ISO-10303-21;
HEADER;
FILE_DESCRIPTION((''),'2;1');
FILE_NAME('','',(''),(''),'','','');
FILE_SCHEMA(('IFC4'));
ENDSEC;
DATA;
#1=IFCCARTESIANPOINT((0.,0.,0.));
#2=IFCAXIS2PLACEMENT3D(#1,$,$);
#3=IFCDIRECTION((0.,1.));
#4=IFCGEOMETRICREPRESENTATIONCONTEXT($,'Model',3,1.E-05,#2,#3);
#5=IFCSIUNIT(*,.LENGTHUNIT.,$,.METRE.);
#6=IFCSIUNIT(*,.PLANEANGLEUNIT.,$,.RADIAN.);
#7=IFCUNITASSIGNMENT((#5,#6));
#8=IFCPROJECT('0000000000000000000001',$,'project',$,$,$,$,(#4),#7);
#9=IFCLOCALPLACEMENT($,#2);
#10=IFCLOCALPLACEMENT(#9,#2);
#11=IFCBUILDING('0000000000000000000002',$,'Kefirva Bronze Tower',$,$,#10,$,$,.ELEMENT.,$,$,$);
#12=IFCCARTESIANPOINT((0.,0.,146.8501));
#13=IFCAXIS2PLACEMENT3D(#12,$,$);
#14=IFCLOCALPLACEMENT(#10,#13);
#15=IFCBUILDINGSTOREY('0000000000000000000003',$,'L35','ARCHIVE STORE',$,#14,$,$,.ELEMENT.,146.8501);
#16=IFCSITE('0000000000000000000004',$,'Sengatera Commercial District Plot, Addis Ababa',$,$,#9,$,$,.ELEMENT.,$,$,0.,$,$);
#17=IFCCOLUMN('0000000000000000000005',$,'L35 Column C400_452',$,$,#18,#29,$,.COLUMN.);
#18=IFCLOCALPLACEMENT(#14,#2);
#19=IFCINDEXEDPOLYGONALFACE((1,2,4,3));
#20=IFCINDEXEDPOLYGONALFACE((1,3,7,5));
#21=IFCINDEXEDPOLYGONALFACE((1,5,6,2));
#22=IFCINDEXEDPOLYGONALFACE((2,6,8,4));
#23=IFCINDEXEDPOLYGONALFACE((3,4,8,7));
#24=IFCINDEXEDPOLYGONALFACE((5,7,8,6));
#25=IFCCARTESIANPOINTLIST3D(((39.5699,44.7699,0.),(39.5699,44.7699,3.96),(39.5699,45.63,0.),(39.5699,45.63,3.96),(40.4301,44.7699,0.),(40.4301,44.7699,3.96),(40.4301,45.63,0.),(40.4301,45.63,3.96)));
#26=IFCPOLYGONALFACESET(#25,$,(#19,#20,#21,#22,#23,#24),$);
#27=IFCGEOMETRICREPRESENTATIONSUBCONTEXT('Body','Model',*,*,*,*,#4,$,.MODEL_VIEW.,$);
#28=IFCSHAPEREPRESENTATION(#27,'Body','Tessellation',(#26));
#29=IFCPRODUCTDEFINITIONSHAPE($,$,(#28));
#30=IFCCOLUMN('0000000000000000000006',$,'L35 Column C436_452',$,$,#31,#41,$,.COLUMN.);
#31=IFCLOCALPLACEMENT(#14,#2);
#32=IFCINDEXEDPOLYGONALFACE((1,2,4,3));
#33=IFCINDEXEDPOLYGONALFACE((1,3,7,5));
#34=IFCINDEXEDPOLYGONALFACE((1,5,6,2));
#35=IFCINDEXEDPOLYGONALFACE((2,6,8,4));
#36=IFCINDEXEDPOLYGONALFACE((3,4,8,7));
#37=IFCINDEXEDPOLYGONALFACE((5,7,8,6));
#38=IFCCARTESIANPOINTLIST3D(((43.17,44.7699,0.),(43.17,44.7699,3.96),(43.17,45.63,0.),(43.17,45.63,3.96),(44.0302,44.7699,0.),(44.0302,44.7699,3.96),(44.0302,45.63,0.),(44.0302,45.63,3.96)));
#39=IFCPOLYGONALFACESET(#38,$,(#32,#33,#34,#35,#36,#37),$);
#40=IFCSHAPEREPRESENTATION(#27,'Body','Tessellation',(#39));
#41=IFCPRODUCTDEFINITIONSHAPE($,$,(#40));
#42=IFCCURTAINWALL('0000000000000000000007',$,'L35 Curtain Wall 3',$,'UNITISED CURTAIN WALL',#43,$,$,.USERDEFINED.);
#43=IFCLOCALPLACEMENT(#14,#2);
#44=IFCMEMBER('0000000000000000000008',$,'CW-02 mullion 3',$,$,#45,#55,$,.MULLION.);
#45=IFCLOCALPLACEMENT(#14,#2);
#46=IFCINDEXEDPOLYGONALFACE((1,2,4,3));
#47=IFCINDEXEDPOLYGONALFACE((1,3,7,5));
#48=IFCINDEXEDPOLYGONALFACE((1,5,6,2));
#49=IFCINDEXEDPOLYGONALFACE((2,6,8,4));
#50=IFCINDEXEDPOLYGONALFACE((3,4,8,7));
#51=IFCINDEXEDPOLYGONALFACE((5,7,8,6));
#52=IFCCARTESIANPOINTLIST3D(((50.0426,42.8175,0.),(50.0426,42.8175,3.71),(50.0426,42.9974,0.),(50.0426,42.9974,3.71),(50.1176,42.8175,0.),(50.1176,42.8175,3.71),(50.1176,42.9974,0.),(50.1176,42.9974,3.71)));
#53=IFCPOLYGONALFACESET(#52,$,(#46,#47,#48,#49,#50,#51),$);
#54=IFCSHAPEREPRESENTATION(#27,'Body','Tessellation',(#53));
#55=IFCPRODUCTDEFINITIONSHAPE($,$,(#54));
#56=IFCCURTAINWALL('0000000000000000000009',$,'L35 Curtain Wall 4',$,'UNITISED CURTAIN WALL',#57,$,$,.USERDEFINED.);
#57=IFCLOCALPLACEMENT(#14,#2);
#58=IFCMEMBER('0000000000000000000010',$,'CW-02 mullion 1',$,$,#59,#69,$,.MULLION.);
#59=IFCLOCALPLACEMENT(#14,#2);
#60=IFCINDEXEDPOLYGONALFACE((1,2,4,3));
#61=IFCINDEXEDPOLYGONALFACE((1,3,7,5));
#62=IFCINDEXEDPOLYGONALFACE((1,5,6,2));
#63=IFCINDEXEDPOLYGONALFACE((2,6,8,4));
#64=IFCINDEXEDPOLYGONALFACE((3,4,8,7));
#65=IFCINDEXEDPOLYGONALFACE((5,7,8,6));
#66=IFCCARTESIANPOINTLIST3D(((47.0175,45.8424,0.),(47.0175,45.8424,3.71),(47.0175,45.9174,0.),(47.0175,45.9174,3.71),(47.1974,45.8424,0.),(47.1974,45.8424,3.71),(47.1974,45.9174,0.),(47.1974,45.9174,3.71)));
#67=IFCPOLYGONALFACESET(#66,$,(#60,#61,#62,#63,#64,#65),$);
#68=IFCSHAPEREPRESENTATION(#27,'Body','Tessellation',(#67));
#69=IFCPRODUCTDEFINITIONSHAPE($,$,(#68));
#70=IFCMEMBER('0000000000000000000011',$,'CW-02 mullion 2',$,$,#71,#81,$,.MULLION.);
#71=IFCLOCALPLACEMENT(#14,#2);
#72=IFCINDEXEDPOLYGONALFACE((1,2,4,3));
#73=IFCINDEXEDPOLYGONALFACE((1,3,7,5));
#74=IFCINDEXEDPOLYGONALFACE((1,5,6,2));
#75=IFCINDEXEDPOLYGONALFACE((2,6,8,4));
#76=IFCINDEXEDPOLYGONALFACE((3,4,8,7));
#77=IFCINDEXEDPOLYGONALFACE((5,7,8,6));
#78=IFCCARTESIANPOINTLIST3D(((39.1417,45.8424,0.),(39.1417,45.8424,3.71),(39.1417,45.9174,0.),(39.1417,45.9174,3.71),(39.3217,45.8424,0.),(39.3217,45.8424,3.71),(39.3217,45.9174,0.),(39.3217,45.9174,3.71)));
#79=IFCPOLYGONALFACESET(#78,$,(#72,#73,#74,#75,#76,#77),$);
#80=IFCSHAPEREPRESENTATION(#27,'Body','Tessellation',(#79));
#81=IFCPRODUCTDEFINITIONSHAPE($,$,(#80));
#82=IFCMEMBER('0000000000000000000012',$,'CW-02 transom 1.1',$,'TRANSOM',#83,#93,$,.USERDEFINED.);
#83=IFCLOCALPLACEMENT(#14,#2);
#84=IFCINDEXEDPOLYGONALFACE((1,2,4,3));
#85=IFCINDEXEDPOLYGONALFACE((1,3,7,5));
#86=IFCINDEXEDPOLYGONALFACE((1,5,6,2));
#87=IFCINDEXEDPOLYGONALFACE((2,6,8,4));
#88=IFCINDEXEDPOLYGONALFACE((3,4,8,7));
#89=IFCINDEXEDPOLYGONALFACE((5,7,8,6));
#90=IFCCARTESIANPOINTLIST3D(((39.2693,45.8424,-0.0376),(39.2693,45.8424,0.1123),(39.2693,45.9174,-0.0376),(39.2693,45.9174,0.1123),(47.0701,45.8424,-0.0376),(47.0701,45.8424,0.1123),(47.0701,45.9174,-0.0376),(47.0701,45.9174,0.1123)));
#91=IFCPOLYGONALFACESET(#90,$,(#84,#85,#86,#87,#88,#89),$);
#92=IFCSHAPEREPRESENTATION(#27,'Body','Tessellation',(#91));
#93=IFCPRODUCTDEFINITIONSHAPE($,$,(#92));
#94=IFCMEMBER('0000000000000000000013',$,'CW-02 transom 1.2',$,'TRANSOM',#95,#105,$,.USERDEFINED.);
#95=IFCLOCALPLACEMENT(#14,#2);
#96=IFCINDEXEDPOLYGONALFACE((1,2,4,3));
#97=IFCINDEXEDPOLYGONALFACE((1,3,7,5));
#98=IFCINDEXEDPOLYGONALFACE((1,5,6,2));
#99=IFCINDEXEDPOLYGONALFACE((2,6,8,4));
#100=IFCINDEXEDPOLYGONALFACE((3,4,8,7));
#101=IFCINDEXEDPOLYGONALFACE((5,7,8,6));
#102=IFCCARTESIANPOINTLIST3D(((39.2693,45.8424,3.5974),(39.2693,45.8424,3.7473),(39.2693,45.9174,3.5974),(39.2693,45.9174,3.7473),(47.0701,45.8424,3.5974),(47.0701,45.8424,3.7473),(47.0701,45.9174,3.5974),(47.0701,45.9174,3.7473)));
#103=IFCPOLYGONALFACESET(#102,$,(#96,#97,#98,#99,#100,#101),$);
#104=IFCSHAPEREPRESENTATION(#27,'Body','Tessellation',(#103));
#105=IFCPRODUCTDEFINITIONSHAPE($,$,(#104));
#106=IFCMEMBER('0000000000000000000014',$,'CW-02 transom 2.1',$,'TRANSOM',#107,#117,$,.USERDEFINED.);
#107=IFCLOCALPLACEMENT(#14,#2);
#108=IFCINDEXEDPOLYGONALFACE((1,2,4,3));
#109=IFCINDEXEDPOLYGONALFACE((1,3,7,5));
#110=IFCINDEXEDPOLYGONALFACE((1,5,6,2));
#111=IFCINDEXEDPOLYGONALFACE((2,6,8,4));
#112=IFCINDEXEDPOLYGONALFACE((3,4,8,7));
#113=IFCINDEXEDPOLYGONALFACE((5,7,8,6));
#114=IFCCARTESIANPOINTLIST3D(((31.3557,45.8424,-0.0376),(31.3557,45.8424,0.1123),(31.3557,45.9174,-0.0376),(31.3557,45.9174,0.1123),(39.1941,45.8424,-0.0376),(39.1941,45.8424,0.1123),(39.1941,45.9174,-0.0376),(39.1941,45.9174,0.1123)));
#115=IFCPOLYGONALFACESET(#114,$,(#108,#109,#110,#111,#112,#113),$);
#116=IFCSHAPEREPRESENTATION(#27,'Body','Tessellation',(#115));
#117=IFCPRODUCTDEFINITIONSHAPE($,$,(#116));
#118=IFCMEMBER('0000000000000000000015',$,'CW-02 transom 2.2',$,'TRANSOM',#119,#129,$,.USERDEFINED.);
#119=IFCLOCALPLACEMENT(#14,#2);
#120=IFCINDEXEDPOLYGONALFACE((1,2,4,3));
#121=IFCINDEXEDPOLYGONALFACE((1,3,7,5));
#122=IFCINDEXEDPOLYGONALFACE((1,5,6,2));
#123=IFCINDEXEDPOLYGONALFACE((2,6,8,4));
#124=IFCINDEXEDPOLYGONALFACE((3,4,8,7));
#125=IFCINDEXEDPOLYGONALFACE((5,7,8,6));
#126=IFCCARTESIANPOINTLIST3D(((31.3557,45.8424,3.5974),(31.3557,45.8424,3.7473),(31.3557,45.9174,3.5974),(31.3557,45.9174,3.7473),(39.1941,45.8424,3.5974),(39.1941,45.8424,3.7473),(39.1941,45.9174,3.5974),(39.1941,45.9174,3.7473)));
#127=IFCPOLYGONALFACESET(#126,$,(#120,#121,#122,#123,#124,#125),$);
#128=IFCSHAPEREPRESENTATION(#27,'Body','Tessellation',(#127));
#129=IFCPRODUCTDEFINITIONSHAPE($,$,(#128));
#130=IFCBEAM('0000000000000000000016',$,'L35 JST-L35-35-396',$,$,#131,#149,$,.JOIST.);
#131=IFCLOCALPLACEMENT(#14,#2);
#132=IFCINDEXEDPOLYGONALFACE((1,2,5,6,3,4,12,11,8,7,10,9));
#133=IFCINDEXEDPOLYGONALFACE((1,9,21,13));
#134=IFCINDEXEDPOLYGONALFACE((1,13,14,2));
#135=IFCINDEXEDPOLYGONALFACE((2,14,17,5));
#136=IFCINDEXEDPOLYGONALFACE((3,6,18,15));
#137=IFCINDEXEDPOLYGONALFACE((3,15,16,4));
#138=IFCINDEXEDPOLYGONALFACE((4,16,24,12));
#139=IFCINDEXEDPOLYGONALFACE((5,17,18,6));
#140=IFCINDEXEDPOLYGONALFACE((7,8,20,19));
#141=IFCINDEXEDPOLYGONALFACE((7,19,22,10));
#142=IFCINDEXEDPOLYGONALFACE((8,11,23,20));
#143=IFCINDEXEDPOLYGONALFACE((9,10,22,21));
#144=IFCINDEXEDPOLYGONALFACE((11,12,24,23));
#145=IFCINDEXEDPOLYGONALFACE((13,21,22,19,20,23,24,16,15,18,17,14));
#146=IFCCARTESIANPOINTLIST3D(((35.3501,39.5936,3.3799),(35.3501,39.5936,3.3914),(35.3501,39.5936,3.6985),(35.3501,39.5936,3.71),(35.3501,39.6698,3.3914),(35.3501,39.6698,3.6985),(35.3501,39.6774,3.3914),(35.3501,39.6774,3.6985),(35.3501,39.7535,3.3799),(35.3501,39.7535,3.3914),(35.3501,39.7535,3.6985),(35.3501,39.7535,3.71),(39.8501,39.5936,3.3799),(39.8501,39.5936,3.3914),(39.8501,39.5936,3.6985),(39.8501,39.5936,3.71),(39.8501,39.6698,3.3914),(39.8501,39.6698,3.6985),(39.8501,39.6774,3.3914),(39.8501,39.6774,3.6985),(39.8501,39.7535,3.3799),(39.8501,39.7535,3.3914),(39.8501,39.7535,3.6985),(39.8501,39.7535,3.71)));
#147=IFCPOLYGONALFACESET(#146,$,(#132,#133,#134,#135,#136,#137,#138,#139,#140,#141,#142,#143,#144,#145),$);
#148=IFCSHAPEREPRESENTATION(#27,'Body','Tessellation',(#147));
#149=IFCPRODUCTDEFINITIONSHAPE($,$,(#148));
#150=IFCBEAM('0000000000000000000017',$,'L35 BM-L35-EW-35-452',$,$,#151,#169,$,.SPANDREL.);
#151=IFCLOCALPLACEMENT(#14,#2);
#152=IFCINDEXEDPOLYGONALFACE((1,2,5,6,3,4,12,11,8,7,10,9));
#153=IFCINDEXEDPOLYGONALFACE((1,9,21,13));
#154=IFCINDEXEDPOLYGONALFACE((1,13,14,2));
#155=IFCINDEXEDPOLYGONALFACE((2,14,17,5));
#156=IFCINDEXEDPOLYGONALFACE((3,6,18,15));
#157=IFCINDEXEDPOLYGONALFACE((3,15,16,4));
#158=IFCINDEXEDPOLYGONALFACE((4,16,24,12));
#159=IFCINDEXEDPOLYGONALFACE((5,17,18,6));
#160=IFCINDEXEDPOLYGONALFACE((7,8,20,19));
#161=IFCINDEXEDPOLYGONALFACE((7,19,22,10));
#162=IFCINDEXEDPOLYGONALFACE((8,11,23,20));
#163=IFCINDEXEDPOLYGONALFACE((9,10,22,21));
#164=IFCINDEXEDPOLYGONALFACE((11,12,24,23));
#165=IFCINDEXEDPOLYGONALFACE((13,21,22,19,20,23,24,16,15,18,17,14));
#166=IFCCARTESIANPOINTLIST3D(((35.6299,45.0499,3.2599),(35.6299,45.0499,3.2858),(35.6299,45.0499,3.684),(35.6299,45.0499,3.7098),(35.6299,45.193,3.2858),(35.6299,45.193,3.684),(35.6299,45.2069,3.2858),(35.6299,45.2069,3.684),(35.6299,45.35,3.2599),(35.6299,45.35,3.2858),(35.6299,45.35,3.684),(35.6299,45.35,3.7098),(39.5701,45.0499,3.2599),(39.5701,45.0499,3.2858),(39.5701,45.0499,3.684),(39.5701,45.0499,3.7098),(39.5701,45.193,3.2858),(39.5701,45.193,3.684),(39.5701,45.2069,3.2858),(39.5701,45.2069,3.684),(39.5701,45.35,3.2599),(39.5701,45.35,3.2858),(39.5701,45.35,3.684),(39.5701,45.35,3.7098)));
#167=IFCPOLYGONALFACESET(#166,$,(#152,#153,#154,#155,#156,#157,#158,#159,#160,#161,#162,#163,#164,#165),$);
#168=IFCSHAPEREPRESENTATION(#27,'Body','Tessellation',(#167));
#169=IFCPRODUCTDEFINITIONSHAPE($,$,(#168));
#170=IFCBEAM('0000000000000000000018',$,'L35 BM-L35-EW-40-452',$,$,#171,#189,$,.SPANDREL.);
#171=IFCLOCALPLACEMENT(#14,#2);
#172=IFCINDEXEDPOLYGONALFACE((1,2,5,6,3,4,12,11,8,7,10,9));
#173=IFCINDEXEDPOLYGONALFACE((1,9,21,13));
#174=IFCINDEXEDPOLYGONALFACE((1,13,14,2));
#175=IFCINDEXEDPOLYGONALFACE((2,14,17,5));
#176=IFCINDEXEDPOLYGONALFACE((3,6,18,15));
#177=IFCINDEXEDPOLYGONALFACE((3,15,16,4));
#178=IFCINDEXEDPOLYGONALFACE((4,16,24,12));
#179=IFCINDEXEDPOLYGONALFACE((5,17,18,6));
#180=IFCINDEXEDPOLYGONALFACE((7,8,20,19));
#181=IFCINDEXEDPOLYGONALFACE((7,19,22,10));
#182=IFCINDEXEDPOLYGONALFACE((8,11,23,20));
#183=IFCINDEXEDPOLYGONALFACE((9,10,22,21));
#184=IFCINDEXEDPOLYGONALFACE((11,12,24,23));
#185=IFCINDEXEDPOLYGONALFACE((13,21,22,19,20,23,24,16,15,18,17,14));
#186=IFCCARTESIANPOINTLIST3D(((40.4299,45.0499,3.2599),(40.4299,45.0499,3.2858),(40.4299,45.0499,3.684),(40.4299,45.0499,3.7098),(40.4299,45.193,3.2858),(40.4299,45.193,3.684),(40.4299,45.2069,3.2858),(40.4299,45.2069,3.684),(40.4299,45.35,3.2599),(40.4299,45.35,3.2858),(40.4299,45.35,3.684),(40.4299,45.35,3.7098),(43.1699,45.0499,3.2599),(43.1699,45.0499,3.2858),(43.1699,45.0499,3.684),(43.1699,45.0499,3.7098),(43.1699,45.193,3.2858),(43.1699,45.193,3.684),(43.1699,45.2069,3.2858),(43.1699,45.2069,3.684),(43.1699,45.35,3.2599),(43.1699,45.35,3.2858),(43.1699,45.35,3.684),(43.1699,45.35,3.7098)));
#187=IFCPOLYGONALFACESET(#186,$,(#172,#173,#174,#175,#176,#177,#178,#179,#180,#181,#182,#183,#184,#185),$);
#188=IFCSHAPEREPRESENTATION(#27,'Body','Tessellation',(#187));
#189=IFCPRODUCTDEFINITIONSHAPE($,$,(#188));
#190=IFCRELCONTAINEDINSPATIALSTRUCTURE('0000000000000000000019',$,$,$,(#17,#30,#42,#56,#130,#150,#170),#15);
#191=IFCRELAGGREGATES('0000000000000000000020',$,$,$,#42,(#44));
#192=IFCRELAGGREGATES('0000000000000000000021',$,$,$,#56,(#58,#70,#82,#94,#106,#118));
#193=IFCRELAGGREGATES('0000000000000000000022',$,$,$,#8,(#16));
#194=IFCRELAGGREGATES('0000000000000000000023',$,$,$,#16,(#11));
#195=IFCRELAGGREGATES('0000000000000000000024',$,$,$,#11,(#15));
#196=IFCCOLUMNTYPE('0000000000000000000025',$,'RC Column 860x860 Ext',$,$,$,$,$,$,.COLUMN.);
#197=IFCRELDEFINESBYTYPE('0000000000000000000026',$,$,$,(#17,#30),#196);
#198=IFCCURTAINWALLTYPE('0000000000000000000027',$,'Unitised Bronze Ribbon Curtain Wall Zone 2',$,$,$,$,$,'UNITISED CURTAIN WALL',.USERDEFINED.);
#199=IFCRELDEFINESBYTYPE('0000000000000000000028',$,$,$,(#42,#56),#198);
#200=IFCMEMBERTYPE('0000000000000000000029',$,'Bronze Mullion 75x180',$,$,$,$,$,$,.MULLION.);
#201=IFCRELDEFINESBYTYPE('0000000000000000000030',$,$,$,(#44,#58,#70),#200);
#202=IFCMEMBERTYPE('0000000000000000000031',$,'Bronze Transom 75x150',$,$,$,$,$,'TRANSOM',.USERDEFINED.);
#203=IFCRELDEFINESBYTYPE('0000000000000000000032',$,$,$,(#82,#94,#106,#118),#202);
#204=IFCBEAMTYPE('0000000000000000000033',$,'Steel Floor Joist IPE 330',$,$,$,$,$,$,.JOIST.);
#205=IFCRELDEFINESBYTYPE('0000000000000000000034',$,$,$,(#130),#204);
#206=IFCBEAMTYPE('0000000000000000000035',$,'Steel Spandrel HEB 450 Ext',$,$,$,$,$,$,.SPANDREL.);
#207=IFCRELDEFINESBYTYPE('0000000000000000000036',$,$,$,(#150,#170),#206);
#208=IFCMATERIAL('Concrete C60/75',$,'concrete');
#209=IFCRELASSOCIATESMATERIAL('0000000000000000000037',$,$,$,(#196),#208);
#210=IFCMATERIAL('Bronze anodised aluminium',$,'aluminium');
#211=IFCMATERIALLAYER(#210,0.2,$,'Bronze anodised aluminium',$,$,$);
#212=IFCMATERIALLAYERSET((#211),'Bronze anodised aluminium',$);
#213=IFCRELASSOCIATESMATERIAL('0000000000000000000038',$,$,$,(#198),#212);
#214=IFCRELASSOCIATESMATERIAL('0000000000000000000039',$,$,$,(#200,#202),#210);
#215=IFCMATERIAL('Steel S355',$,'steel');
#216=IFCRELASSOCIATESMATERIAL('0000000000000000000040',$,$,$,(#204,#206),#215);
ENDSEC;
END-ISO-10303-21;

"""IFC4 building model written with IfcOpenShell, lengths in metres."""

from ifc_helpers import new_model, si_unit, direction, frame, origin, origin_2d, place, context, subcontext, project, spatial, rectangle, i_section, extrude, material, layer, layer_set, material_profile, profile_set, type_object, element, aggregate, save


model = new_model("IFC4")

# Units and contexts
model_context = context("Model", 3, precision=1e-05, world=origin(), true_north=direction((0.0, 1.0)))
body_context = subcontext(model_context, "Body", "Model", "MODEL_VIEW")
ifc_project = project(units=[si_unit("LENGTHUNIT", "METRE"), si_unit("PLANEANGLEUNIT", "RADIAN")], contexts=[model_context])

# Site, building, storey
site_placement = place(None, origin())
site = spatial("IfcSite", under=ifc_project, at=site_placement, Name="Sengatera Commercial District Plot, Addis Ababa", CompositionType="ELEMENT", RefElevation=0.0)
building_placement = place(site_placement, origin())
building = spatial("IfcBuilding", under=site, at=building_placement, Name="Kefirva Bronze Tower", CompositionType="ELEMENT")
storey_placement = place(building_placement, frame((0.0, 0.0, 146.8501)))
storey = spatial("IfcBuildingStorey", under=building, at=storey_placement, Name="L35", Description="ARCHIVE STORE", CompositionType="ELEMENT", Elevation=146.8501)

# Columns
ifc_material_1 = material(Name="Concrete C60/75", Category="concrete")
ifc_material_profile_1 = material_profile(ifc_material_1, rectangle(XDim=0.8601, YDim=0.8601, at=origin_2d()), Name="RC 860x860")
ifc_profile_set_1 = profile_set([ifc_material_profile_1], Name="Concrete C60/75")
column_type = type_object("IfcColumnType", Name="RC Column 860x860 Ext", PredefinedType="COLUMN", material=ifc_profile_set_1)
for number, where, z_axis, x_axis, name in (
    (1, (40.0, 45.2, 0.0), (0.0, 0.0, 1.0), (1.0, 0.0, 0.0), "L35 Column C400_452"),
    (2, (43.6001, 45.2, 0.0), (0.0, 0.0, 1.0), (1.0, 0.0, 0.0), "L35 Column C436_452"),
):
    element("IfcColumn", number, at=place(storey_placement, frame(where, z_axis=z_axis, x_axis=x_axis)), inside=storey, type_object=column_type, Name=name, PredefinedType="COLUMN", context=body_context, shape_type="SweptSolid", body=[
        extrude(rectangle(XDim=0.8601, YDim=0.8601, at=origin_2d()), origin(), (0.0, 0.0, 1.0), 3.96),
    ])

# Curtain wall, member
ifc_material_2 = material(Name="Bronze anodised aluminium", Category="aluminium")
ifc_layer_1 = layer(ifc_material_2, 0.2, Name="Bronze anodised aluminium")
ifc_layer_set_1 = layer_set([ifc_layer_1], Name="Bronze anodised aluminium")
curtain_wall_type = type_object("IfcCurtainWallType", Name="Unitised Bronze Ribbon Curtain Wall Zone 2", ElementType="UNITISED CURTAIN WALL", PredefinedType="USERDEFINED", material=ifc_layer_set_1)
curtain_wall_1_placement = place(storey_placement, origin())
curtain_wall_1 = element("IfcCurtainWall", 3, at=curtain_wall_1_placement, inside=storey, type_object=curtain_wall_type, Name="L35 Curtain Wall 3", ObjectType="UNITISED CURTAIN WALL", PredefinedType="USERDEFINED")
ifc_material_profile_2 = material_profile(ifc_material_2, rectangle(XDim=0.075, YDim=0.1799, at=origin_2d()), Name="ALU 75x180")
ifc_profile_set_2 = profile_set([ifc_material_profile_2], Name="Bronze anodised aluminium")
member_type_1 = type_object("IfcMemberType", Name="Bronze Mullion 75x180", PredefinedType="MULLION", material=ifc_profile_set_2)
member_1_placement = place(storey_placement, frame((50.0801, 42.9075, 0.0), z_axis=(0.0, 0.0, 1.0), x_axis=(-1.0, 0.0, 0.0)))
member_1 = element("IfcMember", 4, at=member_1_placement, type_object=member_type_1, Name="CW-02 mullion 3", PredefinedType="MULLION", context=body_context, shape_type="SweptSolid", body=[
    extrude(rectangle(XDim=0.075, YDim=0.1799, at=origin_2d()), origin(), (0.0, 0.0, 1.0), 3.71),
])

# Curtain wall, members
curtain_wall_2_placement = place(storey_placement, origin())
curtain_wall_2 = element("IfcCurtainWall", 5, at=curtain_wall_2_placement, inside=storey, type_object=curtain_wall_type, Name="L35 Curtain Wall 4", ObjectType="UNITISED CURTAIN WALL", PredefinedType="USERDEFINED")
member_2_placement = place(storey_placement, frame((47.1074, 45.8799, 0.0), z_axis=(0.0, 0.0, 1.0), x_axis=(0.0, -1.0, 0.0)))
member_2 = element("IfcMember", 6, at=member_2_placement, type_object=member_type_1, Name="CW-02 mullion 1", PredefinedType="MULLION", context=body_context, shape_type="SweptSolid", body=[
    extrude(rectangle(XDim=0.075, YDim=0.1799, at=origin_2d()), origin(), (0.0, 0.0, 1.0), 3.71),
])
member_3_placement = place(storey_placement, frame((39.2317, 45.8799, 0.0), z_axis=(0.0, 0.0, 1.0), x_axis=(0.0, -1.0, 0.0)))
member_3 = element("IfcMember", 7, at=member_3_placement, type_object=member_type_1, Name="CW-02 mullion 2", PredefinedType="MULLION", context=body_context, shape_type="SweptSolid", body=[
    extrude(rectangle(XDim=0.075, YDim=0.1799, at=origin_2d()), origin(), (0.0, 0.0, 1.0), 3.71),
])
ifc_material_profile_3 = material_profile(ifc_material_2, rectangle(XDim=0.075, YDim=0.1499, at=origin_2d()), Name="ALU 75x150")
ifc_profile_set_3 = profile_set([ifc_material_profile_3], Name="Bronze anodised aluminium")
member_type_2 = type_object("IfcMemberType", Name="Bronze Transom 75x150", ElementType="TRANSOM", PredefinedType="USERDEFINED", material=ifc_profile_set_3)
member_4_placement = place(storey_placement, frame((47.0701, 45.8799, 0.0374), z_axis=(-1.0, 0.0, 0.0), x_axis=(0.0, -1.0, 0.0)))
member_4 = element("IfcMember", 8, at=member_4_placement, type_object=member_type_2, Name="CW-02 transom 1.1", ObjectType="TRANSOM", PredefinedType="USERDEFINED", context=body_context, shape_type="SweptSolid", body=[
    extrude(rectangle(XDim=0.075, YDim=0.1499, at=origin_2d()), origin(), (0.0, 0.0, 1.0), 7.8008),
])
member_5_placement = place(storey_placement, frame((47.0701, 45.8799, 3.6724), z_axis=(-1.0, 0.0, 0.0), x_axis=(0.0, -1.0, 0.0)))
member_5 = element("IfcMember", 9, at=member_5_placement, type_object=member_type_2, Name="CW-02 transom 1.2", ObjectType="TRANSOM", PredefinedType="USERDEFINED", context=body_context, shape_type="SweptSolid", body=[
    extrude(rectangle(XDim=0.075, YDim=0.1499, at=origin_2d()), origin(), (0.0, 0.0, 1.0), 7.8008),
])
member_6_placement = place(storey_placement, frame((39.1941, 45.8799, 0.0374), z_axis=(-1.0, 0.0, 0.0), x_axis=(0.0, -1.0, 0.0)))
member_6 = element("IfcMember", 10, at=member_6_placement, type_object=member_type_2, Name="CW-02 transom 2.1", ObjectType="TRANSOM", PredefinedType="USERDEFINED", context=body_context, shape_type="SweptSolid", body=[
    extrude(rectangle(XDim=0.075, YDim=0.1499, at=origin_2d()), origin(), (0.0, 0.0, 1.0), 7.8384),
])
member_7_placement = place(storey_placement, frame((39.1941, 45.8799, 3.6724), z_axis=(-1.0, 0.0, 0.0), x_axis=(0.0, -1.0, 0.0)))
member_7 = element("IfcMember", 11, at=member_7_placement, type_object=member_type_2, Name="CW-02 transom 2.2", ObjectType="TRANSOM", PredefinedType="USERDEFINED", context=body_context, shape_type="SweptSolid", body=[
    extrude(rectangle(XDim=0.075, YDim=0.1499, at=origin_2d()), origin(), (0.0, 0.0, 1.0), 7.8384),
])

# Beams
ifc_material_3 = material(Name="Steel S355", Category="steel")
ifc_material_profile_4 = material_profile(ifc_material_3, i_section(OverallWidth=0.1599, OverallDepth=0.3301, WebThickness=0.0076, FlangeThickness=0.0115, at=origin_2d()), Name="IPE 330")
ifc_profile_set_4 = profile_set([ifc_material_profile_4], Name="Steel S355")
beam_type_1 = type_object("IfcBeamType", Name="Steel Floor Joist IPE 330", PredefinedType="JOIST", material=ifc_profile_set_4)
beam_1_placement = place(storey_placement, frame((35.3501, 39.6736, 3.5449), z_axis=(1.0, 0.0, 0.0), x_axis=(0.0, 1.0, 0.0)))
element("IfcBeam", 12, at=beam_1_placement, inside=storey, type_object=beam_type_1, Name="L35 JST-L35-35-396", PredefinedType="JOIST", context=body_context, shape_type="SweptSolid", body=[
    extrude(i_section(OverallWidth=0.1599, OverallDepth=0.3301, WebThickness=0.0076, FlangeThickness=0.0115, at=origin_2d()), origin(), (0.0, 0.0, 1.0), 4.5),
])
ifc_material_profile_5 = material_profile(ifc_material_3, i_section(OverallWidth=0.3, OverallDepth=0.45, WebThickness=0.0139, FlangeThickness=0.0259, at=origin_2d()), Name="HEB 450")
ifc_profile_set_5 = profile_set([ifc_material_profile_5], Name="Steel S355")
beam_type_2 = type_object("IfcBeamType", Name="Steel Spandrel HEB 450 Ext", PredefinedType="SPANDREL", material=ifc_profile_set_5)
beam_2_placement = place(storey_placement, frame((35.6299, 45.2, 3.4849), z_axis=(1.0, 0.0, 0.0), x_axis=(0.0, 1.0, 0.0)))
element("IfcBeam", 13, at=beam_2_placement, inside=storey, type_object=beam_type_2, Name="L35 BM-L35-EW-35-452", PredefinedType="SPANDREL", context=body_context, shape_type="SweptSolid", body=[
    extrude(i_section(OverallWidth=0.3, OverallDepth=0.45, WebThickness=0.0139, FlangeThickness=0.0259, at=origin_2d()), origin(), (0.0, 0.0, 1.0), 3.9402),
])
beam_3_placement = place(storey_placement, frame((40.4299, 45.2, 3.4849), z_axis=(1.0, 0.0, 0.0), x_axis=(0.0, 1.0, 0.0)))
element("IfcBeam", 14, at=beam_3_placement, inside=storey, type_object=beam_type_2, Name="L35 BM-L35-EW-40-452", PredefinedType="SPANDREL", context=body_context, shape_type="SweptSolid", body=[
    extrude(i_section(OverallWidth=0.3, OverallDepth=0.45, WebThickness=0.0139, FlangeThickness=0.0259, at=origin_2d()), origin(), (0.0, 0.0, 1.0), 2.74),
])

aggregate(curtain_wall_1, [member_1])
aggregate(curtain_wall_2, [member_2, member_3, member_4, member_5, member_6, member_7])

save(model, "model.ifc")
